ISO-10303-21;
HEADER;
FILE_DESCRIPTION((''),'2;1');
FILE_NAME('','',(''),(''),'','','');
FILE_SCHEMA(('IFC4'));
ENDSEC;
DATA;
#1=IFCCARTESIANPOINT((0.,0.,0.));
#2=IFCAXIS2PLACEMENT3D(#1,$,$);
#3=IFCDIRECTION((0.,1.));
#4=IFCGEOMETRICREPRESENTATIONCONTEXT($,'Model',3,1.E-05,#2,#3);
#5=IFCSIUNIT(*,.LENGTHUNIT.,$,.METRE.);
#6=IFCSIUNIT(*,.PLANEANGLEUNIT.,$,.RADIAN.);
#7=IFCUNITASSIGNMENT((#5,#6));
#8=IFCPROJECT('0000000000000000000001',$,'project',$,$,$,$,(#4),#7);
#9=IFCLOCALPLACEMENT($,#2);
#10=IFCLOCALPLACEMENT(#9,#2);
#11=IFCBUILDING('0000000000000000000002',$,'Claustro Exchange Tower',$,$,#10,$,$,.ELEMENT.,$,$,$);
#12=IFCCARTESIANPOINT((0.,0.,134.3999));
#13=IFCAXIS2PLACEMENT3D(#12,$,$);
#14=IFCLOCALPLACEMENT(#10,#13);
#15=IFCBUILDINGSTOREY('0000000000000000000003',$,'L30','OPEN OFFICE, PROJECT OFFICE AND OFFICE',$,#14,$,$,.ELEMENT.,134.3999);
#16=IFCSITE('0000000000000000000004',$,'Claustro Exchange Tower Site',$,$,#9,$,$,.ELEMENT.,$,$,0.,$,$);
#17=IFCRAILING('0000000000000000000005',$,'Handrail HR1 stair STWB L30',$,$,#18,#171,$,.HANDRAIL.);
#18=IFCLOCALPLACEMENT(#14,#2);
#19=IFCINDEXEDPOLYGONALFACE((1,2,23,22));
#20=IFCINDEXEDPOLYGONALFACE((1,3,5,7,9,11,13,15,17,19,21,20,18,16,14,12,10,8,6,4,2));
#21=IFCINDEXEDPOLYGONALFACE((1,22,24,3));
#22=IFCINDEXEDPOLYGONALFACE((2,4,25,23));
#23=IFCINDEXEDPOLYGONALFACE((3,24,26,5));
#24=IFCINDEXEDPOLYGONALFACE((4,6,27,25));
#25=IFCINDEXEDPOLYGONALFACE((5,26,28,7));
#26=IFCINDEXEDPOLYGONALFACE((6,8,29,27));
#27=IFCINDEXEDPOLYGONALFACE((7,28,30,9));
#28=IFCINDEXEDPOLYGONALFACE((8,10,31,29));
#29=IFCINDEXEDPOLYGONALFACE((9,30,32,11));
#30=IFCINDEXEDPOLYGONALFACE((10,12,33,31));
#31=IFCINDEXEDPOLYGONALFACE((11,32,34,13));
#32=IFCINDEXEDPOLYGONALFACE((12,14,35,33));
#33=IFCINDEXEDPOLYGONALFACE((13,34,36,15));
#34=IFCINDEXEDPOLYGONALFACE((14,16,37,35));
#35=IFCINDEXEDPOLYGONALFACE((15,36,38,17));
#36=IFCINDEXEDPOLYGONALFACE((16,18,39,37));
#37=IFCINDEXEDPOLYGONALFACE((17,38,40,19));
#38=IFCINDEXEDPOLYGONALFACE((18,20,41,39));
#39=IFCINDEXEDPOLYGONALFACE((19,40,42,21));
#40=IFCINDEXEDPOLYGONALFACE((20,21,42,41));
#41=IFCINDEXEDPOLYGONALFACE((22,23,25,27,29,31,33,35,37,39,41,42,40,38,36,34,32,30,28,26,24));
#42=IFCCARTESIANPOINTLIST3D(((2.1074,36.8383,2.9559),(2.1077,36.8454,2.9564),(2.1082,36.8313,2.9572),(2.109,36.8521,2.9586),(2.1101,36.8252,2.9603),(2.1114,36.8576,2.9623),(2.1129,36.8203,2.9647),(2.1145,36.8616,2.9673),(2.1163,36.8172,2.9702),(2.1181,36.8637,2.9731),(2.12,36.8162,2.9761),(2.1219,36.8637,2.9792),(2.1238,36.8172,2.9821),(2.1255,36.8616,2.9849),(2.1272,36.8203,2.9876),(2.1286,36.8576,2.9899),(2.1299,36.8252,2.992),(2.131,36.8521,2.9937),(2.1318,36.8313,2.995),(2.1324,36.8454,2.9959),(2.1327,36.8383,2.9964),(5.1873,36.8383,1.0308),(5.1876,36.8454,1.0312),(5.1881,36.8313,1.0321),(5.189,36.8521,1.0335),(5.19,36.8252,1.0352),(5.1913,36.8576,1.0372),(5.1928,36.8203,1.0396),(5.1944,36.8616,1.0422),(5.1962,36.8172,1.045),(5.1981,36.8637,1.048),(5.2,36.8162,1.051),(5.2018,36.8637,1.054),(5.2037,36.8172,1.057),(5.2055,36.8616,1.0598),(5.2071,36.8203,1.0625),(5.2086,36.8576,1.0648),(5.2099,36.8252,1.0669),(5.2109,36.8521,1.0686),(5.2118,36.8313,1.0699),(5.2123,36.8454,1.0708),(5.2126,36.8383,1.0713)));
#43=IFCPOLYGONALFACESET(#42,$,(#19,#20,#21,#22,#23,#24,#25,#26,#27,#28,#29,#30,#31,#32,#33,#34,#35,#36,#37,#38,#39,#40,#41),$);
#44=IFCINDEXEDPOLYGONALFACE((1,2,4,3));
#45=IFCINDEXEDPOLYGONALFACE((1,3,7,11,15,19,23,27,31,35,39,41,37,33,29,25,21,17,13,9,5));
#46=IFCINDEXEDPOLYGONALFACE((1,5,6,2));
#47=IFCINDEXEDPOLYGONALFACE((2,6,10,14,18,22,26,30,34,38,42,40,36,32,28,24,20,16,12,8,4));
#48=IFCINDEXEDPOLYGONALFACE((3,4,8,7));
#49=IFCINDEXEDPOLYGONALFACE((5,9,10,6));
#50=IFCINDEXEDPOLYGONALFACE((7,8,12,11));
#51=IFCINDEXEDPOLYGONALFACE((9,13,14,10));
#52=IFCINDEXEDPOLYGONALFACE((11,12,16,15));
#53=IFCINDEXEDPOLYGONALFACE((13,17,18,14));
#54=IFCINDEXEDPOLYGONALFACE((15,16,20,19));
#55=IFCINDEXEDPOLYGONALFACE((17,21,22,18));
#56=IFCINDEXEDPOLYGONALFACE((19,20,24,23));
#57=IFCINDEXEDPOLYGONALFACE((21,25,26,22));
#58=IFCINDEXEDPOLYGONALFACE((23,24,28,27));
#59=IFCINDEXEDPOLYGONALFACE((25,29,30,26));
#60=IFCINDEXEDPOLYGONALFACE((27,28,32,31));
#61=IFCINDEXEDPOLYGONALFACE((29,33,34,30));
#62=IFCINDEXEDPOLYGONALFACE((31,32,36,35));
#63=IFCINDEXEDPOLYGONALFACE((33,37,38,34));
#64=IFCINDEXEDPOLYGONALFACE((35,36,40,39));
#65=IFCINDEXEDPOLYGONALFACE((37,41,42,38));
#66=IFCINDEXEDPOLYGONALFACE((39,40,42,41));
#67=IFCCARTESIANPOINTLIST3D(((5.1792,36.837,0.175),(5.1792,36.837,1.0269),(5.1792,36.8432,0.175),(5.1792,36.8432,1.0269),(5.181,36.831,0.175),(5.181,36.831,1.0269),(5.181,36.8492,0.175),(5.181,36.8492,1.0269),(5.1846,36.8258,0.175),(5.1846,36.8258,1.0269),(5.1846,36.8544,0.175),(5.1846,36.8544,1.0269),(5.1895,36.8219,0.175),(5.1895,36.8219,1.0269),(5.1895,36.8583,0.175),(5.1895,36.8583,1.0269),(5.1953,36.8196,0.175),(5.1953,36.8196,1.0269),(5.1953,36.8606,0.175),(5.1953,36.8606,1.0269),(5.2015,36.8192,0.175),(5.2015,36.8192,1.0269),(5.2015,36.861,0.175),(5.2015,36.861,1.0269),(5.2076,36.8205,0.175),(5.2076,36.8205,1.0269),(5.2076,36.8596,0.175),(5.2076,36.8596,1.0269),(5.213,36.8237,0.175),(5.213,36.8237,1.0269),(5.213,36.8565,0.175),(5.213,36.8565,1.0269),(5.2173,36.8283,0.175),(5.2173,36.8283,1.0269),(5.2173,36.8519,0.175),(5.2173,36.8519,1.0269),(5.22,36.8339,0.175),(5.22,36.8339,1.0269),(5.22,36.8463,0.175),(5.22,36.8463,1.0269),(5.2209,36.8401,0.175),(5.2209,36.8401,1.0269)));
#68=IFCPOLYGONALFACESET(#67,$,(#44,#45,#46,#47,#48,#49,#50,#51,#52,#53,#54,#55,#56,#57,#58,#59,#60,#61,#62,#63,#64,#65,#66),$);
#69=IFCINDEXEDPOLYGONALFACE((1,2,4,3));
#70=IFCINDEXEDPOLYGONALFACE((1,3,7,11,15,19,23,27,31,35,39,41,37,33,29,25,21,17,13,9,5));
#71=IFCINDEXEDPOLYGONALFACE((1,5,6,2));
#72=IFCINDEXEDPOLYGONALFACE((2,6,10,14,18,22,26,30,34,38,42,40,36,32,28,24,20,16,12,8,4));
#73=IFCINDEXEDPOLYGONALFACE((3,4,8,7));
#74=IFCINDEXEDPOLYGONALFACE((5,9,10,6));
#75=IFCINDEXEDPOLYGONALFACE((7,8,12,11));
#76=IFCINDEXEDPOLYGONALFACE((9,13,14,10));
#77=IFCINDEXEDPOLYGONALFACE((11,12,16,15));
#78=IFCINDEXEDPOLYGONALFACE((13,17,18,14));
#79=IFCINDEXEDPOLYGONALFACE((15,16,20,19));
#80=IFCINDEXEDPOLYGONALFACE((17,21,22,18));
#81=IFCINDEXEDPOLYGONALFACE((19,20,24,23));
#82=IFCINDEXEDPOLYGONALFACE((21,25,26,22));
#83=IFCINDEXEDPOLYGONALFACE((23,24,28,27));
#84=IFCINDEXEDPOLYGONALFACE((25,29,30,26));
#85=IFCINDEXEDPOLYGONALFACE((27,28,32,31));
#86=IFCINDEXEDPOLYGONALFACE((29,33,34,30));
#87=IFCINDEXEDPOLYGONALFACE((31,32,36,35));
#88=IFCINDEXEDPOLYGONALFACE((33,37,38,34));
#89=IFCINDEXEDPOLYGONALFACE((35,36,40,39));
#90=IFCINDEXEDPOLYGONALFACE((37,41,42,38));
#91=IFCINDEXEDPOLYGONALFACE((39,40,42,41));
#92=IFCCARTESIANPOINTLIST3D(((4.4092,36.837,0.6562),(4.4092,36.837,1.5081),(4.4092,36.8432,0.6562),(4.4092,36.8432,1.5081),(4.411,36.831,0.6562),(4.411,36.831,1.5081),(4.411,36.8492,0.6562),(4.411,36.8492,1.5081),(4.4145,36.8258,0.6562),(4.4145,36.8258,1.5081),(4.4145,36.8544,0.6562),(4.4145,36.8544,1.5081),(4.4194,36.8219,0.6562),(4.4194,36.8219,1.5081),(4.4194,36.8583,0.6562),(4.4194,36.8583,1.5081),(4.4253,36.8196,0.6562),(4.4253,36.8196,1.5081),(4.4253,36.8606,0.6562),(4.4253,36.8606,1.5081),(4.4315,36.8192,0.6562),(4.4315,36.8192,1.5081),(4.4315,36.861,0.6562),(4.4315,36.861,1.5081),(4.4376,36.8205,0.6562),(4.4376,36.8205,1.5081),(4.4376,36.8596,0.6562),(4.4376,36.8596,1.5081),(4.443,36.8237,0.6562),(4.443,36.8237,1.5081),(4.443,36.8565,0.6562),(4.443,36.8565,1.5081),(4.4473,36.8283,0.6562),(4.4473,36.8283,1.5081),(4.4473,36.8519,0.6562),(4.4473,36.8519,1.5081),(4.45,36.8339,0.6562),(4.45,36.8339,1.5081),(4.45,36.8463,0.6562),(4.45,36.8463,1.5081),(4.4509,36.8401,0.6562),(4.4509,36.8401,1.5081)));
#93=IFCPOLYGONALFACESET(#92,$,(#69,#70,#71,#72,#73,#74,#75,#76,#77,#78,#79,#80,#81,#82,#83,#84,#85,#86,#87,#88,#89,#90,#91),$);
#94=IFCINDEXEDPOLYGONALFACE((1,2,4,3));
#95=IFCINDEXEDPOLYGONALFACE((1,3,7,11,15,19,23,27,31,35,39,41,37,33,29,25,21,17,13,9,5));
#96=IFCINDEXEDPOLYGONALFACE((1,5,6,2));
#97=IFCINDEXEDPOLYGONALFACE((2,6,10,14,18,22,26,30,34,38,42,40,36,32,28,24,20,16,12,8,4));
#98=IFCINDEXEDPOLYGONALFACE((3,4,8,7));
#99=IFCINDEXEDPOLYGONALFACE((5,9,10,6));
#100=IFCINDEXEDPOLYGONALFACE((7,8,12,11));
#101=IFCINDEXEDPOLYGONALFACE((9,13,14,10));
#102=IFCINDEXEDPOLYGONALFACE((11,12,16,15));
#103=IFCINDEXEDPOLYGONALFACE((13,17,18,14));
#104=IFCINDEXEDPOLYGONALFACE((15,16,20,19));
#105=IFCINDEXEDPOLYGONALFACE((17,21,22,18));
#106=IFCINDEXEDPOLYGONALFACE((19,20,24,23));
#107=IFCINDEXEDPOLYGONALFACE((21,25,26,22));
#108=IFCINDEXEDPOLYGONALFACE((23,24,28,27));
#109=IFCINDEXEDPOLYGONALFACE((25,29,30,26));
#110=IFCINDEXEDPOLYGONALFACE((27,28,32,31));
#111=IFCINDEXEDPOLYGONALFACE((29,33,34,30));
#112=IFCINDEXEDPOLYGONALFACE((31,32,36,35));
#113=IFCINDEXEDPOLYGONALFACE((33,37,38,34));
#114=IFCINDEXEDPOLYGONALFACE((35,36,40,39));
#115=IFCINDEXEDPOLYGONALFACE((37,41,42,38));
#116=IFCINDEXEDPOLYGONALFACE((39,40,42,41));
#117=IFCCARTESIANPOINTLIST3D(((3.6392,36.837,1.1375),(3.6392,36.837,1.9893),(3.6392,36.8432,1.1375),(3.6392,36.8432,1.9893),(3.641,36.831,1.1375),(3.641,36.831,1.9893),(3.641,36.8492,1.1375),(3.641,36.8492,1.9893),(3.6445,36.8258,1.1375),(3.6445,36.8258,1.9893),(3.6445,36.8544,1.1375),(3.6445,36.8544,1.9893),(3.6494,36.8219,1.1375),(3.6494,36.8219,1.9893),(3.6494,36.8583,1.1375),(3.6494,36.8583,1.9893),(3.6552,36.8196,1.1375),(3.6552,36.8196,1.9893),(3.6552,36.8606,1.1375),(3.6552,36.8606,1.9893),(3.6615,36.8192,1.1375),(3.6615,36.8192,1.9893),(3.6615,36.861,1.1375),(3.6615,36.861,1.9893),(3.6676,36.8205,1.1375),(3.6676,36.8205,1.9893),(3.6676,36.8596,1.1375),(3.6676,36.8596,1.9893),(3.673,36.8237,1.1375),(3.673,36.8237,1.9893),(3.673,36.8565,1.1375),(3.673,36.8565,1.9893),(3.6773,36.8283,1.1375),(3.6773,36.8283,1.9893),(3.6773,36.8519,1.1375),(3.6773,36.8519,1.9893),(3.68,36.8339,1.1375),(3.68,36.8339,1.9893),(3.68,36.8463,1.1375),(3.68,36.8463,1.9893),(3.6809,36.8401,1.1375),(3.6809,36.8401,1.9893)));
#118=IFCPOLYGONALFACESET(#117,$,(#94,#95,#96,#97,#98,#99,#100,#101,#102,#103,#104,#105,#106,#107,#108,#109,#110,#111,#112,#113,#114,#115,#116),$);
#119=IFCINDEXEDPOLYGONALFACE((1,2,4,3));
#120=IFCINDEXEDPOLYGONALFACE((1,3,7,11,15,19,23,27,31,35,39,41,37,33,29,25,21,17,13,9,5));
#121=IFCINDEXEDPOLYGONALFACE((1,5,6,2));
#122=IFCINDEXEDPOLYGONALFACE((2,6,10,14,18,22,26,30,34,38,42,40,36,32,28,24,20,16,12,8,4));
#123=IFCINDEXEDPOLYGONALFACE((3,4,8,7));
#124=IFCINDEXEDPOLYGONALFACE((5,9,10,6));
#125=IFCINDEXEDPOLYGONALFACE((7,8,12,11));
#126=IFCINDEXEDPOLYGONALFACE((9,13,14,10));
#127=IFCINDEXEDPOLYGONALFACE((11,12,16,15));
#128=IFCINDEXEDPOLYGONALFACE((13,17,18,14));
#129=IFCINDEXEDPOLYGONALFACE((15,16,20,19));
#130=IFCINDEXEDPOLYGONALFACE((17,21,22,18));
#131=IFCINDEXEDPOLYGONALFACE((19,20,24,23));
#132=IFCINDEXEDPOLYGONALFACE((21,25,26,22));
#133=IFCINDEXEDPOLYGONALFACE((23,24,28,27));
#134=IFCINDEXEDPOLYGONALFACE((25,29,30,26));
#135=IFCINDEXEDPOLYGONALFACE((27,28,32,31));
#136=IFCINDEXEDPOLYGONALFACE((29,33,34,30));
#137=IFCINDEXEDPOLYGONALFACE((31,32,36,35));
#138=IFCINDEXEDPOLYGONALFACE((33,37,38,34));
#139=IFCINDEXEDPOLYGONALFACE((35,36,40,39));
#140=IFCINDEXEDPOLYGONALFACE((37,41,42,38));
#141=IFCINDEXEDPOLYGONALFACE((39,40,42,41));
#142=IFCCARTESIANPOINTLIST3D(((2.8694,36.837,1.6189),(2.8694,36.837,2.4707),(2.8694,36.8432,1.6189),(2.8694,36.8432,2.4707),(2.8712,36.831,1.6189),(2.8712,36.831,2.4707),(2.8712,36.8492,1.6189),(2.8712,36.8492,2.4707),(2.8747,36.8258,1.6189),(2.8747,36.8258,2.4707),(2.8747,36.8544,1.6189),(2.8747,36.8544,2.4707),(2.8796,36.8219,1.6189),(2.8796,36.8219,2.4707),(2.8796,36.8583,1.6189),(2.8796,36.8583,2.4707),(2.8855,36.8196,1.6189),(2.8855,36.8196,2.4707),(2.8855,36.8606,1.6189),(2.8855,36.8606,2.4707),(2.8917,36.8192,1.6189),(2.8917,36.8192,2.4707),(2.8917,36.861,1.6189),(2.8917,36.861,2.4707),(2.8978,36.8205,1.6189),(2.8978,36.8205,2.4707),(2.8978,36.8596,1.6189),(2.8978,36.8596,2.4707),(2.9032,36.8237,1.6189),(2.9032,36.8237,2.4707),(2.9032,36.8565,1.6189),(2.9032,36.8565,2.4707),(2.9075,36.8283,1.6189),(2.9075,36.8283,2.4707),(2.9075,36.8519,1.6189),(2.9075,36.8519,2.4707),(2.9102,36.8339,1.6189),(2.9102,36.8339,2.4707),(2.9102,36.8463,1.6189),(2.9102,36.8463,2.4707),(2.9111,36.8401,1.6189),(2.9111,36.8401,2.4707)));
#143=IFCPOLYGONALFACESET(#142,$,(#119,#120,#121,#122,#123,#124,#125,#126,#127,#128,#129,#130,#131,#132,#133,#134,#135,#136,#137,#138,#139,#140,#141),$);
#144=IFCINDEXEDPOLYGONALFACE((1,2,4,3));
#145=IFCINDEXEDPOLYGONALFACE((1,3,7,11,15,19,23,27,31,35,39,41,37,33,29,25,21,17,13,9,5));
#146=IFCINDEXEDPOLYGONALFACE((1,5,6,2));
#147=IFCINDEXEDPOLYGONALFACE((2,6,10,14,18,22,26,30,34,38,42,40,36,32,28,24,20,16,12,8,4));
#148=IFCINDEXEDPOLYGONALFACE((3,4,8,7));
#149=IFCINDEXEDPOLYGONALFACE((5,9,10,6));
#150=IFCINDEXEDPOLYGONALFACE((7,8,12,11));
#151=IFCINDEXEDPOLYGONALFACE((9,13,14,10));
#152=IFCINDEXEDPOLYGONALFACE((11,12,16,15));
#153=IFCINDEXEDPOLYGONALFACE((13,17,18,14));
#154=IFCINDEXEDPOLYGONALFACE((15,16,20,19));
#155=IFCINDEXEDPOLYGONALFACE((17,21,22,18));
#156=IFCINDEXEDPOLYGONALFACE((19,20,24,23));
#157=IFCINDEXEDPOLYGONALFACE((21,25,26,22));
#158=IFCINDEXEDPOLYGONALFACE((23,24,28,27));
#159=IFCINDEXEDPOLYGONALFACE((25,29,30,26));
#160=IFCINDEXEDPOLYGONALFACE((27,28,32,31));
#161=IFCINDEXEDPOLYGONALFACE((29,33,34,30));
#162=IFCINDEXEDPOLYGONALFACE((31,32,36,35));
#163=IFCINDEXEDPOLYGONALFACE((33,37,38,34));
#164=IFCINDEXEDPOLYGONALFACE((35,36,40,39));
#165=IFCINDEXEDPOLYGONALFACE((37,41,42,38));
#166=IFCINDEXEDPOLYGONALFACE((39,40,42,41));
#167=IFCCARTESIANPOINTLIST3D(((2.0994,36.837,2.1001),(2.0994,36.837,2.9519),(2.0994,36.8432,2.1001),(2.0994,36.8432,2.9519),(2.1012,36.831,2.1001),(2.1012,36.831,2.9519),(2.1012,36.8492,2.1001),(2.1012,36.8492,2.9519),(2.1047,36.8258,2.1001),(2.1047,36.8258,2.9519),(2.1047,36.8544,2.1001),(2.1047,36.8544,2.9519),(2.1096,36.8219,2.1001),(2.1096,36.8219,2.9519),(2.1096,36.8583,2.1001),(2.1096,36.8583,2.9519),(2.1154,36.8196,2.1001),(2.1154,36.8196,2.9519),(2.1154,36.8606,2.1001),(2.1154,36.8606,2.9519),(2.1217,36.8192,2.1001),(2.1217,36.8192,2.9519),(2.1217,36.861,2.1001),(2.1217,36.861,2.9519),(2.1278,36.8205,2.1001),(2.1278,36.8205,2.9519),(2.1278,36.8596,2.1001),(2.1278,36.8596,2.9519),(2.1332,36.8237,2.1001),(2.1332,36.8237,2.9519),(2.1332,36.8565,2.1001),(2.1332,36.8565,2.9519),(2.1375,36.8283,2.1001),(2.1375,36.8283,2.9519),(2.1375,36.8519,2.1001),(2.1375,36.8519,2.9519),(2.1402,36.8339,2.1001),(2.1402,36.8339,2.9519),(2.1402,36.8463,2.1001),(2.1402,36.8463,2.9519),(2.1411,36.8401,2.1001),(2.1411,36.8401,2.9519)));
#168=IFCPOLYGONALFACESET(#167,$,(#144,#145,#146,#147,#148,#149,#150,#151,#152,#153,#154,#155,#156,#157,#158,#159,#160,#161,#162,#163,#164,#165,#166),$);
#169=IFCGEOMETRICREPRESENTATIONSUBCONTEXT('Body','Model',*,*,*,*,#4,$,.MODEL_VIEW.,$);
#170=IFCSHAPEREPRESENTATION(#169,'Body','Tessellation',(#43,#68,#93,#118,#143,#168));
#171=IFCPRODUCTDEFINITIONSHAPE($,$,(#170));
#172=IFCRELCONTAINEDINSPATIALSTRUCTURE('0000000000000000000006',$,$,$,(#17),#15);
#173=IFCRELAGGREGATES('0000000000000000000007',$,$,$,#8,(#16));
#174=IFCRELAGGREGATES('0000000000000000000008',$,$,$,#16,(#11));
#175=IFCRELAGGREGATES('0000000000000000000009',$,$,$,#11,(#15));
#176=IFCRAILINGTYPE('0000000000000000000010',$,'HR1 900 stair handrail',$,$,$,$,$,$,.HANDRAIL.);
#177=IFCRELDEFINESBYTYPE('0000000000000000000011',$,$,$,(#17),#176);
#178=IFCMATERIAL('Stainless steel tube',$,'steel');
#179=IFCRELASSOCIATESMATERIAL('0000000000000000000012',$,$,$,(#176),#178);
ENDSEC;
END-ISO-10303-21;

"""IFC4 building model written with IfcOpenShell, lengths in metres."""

from ifc_helpers import new_model, si_unit, direction, frame, origin, origin_2d, place, context, subcontext, project, spatial, circle, extrude, material, type_object, element, save


model = new_model("IFC4")

# Units and contexts
model_context = context("Model", 3, precision=1e-05, world=origin(), true_north=direction((0.0, 1.0)))
body_context = subcontext(model_context, "Body", "Model", "MODEL_VIEW")
ifc_project = project(units=[si_unit("LENGTHUNIT", "METRE"), si_unit("PLANEANGLEUNIT", "RADIAN")], contexts=[model_context])

# Site, building, storey
site_placement = place(None, origin())
site = spatial("IfcSite", under=ifc_project, at=site_placement, Name="Claustro Exchange Tower Site", CompositionType="ELEMENT", RefElevation=0.0)
building_placement = place(site_placement, origin())
building = spatial("IfcBuilding", under=site, at=building_placement, Name="Claustro Exchange Tower", CompositionType="ELEMENT")
storey_placement = place(building_placement, frame((0.0, 0.0, 134.3999)))
storey = spatial("IfcBuildingStorey", under=building, at=storey_placement, Name="L30", Description="OPEN OFFICE, PROJECT OFFICE AND OFFICE", CompositionType="ELEMENT", Elevation=134.3999)

# Railing
ifc_material_1 = material(Name="Stainless steel tube", Category="steel")
railing_type_1 = type_object("IfcRailingType", Name="HR1 900 stair handrail", PredefinedType="HANDRAIL", material=ifc_material_1)
railing_1_placement = place(storey_placement, frame((5.2, 36.8401, 0.175)))
element("IfcRailing", 1, at=railing_1_placement, inside=storey, type_object=railing_type_1, Name="Handrail HR1 stair STWB L30", PredefinedType="HANDRAIL", context=body_context, shape_type="SweptSolid", body=[
    extrude(circle(Radius=0.0239, at=origin_2d()), frame((0.0, 0.0, 0.876), z_axis=(-0.847979, 0.0, 0.530029), x_axis=(0.0, -1.0, 0.0)), (0.0, 0.0, 1.0), 3.6321),
    extrude(circle(Radius=0.021, at=origin_2d()), origin(), (0.0, 0.0, 1.0), 0.8518),
    extrude(circle(Radius=0.021, at=origin_2d()), frame((-0.77, 0.0, 0.4812)), (0.0, 0.0, 1.0), 0.8518),
    extrude(circle(Radius=0.021, at=origin_2d()), frame((-1.54, 0.0, 0.9624)), (0.0, 0.0, 1.0), 0.8518),
    extrude(circle(Radius=0.021, at=origin_2d()), frame((-2.3098, 0.0, 1.4438)), (0.0, 0.0, 1.0), 0.8518),
    extrude(circle(Radius=0.021, at=origin_2d()), frame((-3.0798, 0.0, 1.925)), (0.0, 0.0, 1.0), 0.8518),
])

save(model, "model.ifc")
